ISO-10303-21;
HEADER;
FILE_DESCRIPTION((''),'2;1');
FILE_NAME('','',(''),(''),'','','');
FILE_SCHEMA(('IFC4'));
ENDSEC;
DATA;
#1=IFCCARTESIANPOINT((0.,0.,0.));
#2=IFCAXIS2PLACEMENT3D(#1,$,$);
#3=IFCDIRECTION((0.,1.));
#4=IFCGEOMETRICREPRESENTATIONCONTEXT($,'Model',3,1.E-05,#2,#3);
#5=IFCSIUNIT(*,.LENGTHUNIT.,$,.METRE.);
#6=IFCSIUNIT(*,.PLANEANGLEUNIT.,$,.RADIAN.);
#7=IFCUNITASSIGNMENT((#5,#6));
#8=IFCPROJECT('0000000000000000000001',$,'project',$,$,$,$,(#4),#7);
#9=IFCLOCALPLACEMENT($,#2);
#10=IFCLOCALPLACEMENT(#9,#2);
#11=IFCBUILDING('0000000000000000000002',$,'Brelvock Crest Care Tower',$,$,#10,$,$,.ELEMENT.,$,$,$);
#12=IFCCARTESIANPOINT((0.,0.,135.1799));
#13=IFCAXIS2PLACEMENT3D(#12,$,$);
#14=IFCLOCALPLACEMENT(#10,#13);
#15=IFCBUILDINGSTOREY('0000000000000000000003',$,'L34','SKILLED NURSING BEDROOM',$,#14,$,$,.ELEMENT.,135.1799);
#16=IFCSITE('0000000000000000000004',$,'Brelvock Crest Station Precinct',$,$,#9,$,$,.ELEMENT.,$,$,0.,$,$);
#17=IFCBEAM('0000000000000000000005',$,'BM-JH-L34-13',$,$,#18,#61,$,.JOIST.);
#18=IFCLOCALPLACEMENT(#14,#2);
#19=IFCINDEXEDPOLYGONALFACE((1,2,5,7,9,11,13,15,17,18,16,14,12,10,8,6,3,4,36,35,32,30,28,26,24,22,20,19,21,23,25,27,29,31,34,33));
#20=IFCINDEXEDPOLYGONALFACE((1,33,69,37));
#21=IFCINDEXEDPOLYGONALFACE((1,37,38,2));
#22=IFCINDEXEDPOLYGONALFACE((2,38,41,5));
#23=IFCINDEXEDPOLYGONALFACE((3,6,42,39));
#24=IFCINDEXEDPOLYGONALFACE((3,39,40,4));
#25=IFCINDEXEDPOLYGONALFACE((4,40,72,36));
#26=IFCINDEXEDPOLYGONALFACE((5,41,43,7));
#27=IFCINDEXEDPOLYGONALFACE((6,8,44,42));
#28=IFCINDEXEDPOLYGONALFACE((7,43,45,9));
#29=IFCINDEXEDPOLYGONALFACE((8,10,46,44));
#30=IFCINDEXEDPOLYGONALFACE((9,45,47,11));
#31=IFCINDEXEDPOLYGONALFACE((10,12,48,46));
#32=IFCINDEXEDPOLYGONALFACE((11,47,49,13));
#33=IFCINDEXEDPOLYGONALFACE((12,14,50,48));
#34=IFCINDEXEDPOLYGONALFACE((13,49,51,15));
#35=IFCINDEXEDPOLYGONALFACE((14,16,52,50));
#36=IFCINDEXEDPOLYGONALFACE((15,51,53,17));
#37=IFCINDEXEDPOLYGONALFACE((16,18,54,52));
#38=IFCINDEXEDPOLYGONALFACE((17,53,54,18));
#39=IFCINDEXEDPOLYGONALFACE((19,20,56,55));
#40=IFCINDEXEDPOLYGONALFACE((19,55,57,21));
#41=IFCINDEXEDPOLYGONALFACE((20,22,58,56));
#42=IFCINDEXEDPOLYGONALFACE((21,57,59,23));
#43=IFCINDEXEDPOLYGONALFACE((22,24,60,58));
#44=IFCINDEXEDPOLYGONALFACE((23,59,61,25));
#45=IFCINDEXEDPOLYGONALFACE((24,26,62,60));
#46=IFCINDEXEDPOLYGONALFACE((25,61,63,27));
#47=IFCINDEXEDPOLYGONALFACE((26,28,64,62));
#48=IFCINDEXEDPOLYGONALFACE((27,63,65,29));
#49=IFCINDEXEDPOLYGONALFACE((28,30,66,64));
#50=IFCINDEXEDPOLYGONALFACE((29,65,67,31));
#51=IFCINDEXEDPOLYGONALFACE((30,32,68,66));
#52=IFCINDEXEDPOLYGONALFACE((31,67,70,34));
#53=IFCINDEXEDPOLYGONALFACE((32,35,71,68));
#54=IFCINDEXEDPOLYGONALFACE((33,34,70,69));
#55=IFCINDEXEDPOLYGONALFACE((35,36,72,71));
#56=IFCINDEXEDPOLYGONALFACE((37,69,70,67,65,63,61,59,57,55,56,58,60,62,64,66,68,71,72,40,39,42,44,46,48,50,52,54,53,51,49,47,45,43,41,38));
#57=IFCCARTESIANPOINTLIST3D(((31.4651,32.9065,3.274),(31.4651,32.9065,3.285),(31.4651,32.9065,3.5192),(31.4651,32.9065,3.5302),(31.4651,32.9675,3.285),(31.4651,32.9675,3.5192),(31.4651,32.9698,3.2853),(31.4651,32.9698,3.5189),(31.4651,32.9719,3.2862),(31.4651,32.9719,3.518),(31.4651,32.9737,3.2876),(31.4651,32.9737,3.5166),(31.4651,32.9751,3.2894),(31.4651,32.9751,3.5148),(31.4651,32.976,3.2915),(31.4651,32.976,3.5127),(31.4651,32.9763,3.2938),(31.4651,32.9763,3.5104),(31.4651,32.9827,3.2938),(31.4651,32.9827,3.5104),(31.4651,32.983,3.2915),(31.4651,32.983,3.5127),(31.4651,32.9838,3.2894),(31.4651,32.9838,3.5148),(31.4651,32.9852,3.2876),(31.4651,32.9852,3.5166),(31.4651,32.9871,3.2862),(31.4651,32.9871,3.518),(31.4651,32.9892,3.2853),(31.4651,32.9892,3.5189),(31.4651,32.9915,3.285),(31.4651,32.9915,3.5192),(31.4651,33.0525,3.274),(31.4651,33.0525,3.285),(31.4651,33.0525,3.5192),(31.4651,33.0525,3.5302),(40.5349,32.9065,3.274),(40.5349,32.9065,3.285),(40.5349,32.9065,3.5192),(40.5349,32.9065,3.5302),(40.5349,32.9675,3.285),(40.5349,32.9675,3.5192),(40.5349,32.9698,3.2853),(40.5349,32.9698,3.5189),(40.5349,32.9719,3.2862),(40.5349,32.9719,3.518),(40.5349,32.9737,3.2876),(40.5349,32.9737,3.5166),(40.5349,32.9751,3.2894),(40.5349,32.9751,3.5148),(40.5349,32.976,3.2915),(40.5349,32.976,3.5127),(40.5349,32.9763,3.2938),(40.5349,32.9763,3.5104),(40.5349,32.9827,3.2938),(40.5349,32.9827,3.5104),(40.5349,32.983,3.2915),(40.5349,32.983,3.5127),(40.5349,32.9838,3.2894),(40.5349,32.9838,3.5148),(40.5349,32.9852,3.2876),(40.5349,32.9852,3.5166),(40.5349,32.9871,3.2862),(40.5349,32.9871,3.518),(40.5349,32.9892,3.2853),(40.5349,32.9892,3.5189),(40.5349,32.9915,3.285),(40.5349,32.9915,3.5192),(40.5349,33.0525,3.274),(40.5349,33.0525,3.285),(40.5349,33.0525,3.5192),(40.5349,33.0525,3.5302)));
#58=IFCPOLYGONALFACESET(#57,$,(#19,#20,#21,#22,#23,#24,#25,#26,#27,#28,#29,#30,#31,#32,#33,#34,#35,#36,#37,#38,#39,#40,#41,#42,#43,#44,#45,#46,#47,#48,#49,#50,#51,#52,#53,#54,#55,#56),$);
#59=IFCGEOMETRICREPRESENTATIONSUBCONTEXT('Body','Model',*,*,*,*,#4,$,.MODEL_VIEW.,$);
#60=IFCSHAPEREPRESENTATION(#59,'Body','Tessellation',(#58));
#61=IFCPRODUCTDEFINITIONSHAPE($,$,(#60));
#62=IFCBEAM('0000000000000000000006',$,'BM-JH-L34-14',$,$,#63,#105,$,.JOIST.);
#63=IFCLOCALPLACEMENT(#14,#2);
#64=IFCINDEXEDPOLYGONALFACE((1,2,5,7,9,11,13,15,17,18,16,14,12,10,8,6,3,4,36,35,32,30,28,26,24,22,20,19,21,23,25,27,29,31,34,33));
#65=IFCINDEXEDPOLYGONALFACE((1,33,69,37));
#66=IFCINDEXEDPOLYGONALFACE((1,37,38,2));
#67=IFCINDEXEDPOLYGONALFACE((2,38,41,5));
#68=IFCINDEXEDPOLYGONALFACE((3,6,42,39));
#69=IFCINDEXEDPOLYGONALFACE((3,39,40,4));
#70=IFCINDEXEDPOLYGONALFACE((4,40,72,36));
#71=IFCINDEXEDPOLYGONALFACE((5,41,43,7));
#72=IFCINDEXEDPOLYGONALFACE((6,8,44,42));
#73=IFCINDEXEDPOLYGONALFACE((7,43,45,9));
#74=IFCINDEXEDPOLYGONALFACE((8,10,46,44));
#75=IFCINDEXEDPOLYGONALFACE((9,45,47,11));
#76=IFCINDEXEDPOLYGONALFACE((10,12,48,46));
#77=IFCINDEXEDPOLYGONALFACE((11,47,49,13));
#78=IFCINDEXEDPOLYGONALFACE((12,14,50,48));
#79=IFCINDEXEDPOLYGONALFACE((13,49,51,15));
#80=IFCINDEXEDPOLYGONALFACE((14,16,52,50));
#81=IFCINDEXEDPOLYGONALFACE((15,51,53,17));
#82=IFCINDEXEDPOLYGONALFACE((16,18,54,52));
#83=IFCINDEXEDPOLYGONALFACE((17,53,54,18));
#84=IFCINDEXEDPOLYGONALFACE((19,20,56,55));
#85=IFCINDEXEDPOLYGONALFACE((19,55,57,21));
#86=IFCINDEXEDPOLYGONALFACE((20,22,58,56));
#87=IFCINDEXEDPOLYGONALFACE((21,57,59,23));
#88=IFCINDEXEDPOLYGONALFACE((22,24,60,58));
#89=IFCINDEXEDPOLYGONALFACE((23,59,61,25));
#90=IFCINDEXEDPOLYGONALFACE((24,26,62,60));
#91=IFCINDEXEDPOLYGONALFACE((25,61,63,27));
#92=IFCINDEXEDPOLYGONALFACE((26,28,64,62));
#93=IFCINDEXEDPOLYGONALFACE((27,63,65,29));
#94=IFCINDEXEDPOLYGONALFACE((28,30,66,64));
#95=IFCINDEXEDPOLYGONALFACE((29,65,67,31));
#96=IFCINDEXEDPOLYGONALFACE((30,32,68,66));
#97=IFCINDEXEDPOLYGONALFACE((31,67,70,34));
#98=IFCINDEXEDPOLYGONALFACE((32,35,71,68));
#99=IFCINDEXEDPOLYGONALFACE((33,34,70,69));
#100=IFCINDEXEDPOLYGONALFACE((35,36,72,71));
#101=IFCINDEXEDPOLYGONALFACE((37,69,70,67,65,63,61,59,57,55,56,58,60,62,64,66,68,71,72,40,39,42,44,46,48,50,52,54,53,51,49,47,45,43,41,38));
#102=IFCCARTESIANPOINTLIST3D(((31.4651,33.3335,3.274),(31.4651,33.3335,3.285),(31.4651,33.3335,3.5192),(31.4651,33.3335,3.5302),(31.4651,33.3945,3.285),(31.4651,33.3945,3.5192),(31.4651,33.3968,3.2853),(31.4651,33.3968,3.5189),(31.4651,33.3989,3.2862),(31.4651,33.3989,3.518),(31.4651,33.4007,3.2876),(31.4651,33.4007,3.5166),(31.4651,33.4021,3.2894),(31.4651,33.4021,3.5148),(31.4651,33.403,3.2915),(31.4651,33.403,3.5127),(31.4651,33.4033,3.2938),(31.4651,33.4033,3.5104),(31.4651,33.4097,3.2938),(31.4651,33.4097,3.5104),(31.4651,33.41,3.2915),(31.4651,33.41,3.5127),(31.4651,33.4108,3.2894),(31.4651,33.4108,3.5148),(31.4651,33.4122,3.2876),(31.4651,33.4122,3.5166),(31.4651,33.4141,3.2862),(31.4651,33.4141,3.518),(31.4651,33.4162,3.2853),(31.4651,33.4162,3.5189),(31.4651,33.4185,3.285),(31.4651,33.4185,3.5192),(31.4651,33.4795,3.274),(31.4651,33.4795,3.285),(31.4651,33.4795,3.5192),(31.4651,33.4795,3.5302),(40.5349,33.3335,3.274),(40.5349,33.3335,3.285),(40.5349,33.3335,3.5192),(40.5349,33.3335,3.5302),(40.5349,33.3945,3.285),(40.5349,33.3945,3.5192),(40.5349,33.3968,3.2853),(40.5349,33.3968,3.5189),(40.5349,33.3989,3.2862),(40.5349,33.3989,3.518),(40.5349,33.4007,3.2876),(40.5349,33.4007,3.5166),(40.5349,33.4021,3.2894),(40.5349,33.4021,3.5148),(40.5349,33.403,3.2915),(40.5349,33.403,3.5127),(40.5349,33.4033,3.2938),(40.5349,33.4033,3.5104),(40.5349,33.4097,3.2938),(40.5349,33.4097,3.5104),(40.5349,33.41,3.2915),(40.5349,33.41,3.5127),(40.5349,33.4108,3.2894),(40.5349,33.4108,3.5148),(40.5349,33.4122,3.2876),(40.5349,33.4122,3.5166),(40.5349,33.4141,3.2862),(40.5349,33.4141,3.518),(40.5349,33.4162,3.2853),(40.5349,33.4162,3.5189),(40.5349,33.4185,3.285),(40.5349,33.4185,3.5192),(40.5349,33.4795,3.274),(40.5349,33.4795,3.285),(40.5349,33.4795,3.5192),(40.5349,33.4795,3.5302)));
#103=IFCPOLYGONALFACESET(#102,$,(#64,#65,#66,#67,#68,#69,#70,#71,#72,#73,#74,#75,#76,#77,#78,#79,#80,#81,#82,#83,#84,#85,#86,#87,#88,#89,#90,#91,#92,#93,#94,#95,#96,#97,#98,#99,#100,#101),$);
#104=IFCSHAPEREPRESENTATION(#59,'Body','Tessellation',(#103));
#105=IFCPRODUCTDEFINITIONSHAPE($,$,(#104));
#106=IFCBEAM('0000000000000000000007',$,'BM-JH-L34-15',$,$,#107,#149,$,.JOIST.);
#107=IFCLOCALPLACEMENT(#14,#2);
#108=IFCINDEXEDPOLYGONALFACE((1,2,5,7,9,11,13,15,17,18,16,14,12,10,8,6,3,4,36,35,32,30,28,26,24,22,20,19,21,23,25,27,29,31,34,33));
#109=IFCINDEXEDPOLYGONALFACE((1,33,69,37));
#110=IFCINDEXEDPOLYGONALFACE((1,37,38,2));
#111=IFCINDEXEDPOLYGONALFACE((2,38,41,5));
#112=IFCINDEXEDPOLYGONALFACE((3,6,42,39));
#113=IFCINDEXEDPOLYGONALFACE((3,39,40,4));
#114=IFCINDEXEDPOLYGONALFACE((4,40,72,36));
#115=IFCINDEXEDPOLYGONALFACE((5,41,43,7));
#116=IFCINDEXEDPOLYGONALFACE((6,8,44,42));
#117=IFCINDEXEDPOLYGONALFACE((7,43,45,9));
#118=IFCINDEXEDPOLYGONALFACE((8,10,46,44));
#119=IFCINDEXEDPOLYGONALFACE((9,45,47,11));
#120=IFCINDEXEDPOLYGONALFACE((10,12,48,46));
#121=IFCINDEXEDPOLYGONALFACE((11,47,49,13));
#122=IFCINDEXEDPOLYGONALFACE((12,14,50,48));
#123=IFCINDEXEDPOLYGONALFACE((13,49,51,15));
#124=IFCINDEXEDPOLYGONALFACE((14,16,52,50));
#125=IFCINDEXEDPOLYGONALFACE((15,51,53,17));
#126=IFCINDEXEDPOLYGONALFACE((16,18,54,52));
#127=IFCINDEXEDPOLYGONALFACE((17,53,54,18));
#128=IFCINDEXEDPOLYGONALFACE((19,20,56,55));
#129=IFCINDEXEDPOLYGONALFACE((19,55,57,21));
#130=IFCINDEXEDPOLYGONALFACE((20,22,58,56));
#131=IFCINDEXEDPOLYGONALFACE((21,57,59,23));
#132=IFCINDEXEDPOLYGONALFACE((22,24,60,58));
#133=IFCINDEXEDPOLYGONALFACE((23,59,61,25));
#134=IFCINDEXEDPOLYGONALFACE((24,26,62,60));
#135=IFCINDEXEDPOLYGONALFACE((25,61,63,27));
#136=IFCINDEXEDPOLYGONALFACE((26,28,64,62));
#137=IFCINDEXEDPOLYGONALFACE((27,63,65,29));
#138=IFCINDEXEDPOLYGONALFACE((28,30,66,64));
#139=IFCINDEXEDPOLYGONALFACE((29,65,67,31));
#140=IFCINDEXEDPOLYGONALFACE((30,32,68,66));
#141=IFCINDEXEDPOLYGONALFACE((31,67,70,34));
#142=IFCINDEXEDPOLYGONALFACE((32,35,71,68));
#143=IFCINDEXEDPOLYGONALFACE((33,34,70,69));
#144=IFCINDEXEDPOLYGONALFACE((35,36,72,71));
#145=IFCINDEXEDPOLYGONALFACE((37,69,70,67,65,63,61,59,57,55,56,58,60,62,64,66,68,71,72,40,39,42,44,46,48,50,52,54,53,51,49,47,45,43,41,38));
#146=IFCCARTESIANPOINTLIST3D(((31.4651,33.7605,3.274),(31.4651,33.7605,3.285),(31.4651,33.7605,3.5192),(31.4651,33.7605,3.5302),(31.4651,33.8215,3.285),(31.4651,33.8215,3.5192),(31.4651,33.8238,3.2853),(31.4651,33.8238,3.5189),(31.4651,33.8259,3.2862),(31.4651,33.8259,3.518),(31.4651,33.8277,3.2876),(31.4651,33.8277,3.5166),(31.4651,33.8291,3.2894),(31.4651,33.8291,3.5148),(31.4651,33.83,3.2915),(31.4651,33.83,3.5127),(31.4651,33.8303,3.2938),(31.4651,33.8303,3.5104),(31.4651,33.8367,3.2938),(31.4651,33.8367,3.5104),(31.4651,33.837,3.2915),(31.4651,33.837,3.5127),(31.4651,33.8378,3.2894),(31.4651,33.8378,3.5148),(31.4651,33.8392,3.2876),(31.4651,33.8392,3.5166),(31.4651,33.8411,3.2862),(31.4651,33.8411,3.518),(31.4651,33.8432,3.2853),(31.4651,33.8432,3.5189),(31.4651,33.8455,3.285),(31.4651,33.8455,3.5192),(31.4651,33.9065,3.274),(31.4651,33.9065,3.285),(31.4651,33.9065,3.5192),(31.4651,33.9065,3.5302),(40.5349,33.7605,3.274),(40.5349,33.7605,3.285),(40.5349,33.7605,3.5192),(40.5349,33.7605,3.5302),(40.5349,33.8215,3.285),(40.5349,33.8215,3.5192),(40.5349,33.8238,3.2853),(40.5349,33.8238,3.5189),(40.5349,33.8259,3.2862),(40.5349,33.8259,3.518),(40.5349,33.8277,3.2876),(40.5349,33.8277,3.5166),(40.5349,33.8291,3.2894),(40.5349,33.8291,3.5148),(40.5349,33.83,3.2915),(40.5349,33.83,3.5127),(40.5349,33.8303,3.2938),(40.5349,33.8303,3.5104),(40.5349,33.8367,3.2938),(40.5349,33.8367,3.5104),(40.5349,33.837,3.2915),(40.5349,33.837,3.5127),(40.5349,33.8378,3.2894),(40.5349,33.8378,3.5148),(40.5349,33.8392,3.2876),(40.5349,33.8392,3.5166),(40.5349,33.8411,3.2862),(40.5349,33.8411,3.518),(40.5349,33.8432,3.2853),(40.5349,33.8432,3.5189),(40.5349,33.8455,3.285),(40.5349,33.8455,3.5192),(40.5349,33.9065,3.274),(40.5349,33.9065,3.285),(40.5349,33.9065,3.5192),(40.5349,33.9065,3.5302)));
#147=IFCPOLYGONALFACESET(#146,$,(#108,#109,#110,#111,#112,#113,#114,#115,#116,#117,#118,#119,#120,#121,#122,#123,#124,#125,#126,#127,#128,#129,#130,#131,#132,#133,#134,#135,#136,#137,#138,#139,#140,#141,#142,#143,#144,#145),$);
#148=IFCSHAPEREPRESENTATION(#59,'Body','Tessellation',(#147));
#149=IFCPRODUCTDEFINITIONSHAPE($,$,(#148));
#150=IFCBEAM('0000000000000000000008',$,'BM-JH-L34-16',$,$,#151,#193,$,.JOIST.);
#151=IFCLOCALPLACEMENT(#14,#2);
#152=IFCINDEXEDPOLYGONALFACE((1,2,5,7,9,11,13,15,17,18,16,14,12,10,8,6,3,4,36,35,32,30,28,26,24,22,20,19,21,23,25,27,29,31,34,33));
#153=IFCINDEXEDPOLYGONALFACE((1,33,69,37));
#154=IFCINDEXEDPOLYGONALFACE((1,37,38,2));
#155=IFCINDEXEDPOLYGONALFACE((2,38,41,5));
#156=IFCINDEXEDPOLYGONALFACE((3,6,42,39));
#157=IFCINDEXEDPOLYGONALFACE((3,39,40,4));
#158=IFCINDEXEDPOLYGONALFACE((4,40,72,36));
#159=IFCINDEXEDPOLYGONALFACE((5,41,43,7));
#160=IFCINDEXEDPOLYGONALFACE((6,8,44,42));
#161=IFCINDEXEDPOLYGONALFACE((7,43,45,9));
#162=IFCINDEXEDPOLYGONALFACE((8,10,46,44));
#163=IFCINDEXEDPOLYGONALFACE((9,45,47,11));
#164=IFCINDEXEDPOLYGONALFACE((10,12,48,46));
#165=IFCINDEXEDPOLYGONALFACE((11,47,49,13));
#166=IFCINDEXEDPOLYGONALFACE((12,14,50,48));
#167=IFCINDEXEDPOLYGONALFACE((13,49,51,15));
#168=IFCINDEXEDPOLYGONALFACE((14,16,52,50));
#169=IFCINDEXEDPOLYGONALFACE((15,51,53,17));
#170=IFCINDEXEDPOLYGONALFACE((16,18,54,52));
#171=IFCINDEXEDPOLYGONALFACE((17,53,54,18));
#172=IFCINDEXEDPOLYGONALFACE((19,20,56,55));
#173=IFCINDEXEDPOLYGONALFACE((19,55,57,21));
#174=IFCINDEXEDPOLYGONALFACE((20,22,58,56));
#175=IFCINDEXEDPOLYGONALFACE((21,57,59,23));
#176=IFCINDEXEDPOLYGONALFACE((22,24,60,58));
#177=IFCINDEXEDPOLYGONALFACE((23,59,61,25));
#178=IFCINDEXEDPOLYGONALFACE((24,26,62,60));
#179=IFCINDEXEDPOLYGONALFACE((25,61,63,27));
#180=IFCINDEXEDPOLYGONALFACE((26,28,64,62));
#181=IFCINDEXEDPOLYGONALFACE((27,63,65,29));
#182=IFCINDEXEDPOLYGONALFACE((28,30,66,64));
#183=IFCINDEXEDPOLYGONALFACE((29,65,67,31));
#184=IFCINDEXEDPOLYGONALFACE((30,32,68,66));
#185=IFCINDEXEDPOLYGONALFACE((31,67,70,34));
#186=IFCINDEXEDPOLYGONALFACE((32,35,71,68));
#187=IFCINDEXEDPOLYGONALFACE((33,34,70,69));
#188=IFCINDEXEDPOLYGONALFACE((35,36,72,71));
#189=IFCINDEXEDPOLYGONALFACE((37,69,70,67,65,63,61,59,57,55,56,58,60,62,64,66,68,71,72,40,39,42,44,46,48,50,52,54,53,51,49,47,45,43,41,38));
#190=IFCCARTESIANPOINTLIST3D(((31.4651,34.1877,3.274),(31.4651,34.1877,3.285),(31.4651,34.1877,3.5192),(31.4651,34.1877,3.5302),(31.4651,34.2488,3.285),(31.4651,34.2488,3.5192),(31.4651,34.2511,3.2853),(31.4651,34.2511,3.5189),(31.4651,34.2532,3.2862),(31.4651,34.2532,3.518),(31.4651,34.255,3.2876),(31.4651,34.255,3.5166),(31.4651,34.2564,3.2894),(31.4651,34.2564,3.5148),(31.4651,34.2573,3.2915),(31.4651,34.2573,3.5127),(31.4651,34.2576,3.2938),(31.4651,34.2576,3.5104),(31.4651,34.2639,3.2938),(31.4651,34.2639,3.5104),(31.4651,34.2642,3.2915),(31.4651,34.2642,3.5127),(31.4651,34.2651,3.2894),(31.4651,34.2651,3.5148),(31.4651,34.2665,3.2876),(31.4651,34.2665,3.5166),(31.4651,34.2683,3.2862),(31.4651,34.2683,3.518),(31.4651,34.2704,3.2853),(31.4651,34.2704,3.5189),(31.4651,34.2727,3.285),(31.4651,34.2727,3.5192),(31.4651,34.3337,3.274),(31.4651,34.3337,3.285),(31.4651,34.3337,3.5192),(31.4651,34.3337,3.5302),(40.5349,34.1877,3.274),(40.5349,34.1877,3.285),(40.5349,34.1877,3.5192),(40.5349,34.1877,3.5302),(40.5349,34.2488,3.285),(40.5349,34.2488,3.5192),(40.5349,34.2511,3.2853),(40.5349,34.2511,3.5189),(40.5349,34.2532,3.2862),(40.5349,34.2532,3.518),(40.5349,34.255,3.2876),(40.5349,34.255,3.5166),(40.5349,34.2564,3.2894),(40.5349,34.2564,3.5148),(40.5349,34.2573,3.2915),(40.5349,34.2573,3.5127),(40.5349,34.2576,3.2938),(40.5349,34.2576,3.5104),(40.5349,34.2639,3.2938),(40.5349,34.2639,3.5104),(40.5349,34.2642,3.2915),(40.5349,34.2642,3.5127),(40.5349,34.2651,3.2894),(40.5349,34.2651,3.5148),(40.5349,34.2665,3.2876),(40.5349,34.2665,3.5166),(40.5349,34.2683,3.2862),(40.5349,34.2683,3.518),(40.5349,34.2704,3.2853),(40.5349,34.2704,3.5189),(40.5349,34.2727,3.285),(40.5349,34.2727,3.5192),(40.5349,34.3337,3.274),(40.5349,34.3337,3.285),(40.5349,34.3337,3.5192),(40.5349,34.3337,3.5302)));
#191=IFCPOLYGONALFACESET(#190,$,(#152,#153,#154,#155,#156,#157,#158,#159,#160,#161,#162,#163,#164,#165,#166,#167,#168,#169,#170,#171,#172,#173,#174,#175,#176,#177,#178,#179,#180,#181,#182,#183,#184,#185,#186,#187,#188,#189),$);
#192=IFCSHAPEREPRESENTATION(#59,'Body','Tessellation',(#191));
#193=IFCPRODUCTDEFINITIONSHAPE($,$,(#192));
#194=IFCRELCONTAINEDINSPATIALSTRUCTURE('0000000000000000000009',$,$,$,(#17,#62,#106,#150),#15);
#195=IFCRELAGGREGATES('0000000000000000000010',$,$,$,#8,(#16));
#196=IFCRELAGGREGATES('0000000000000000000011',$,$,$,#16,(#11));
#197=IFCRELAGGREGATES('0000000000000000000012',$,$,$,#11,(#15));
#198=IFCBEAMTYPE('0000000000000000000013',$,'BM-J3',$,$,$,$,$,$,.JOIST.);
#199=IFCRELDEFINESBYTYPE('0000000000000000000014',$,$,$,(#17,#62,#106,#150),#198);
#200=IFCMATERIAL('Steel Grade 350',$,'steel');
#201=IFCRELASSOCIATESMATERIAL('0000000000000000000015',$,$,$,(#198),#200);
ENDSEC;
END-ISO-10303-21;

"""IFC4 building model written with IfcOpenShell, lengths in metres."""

from ifc_helpers import new_model, si_unit, direction, frame, origin, origin_2d, place, context, subcontext, project, spatial, i_section, extrude, source, transform, mapped, material, material_profile, profile_set, type_object, element, save


model = new_model("IFC4")

# Units and contexts
model_context = context("Model", 3, precision=1e-05, world=origin(), true_north=direction((0.0, 1.0)))
body_context = subcontext(model_context, "Body", "Model", "MODEL_VIEW")
ifc_project = project(units=[si_unit("LENGTHUNIT", "METRE"), si_unit("PLANEANGLEUNIT", "RADIAN")], contexts=[model_context])

# Site, building, storey
site_placement = place(None, origin())
site = spatial("IfcSite", under=ifc_project, at=site_placement, Name="Brelvock Crest Station Precinct", CompositionType="ELEMENT", RefElevation=0.0)
building_placement = place(site_placement, origin())
building = spatial("IfcBuilding", under=site, at=building_placement, Name="Brelvock Crest Care Tower", CompositionType="ELEMENT")
storey_placement = place(building_placement, frame((0.0, 0.0, 135.1799)))
storey = spatial("IfcBuildingStorey", under=building, at=storey_placement, Name="L34", Description="SKILLED NURSING BEDROOM", CompositionType="ELEMENT", Elevation=135.1799)

# Beams
ifc_material = material(Name="Steel Grade 350", Category="steel")
ifc_material_profile = material_profile(ifc_material, i_section(OverallWidth=0.146, OverallDepth=0.2561, WebThickness=0.0063, FlangeThickness=0.011, FilletRadius=0.0088, at=origin_2d()), Name="250UB37.3")
ifc_profile_set = profile_set([ifc_material_profile], Name="Steel Grade 350")
beam_type = type_object("IfcBeamType", Name="BM-J3", PredefinedType="JOIST", material=ifc_profile_set)
shared_shape = source(origin(), body_context, "Body", "SweptSolid", [
    extrude(i_section(OverallWidth=0.146, OverallDepth=0.2561, WebThickness=0.0063, FlangeThickness=0.011, FilletRadius=0.0088, at=origin_2d()), origin(), (0.0, 0.0, 1.0), 9.0698),
])
for number, where, z_axis, x_axis, name in (
    (1, (31.4651, 32.9795, 3.4021), (1.0, 0.0, 0.0), (0.0, 1.0, 0.0), "BM-JH-L34-13"),
    (2, (31.4651, 33.4065, 3.4021), (1.0, 0.0, 0.0), (0.0, 1.0, 0.0), "BM-JH-L34-14"),
    (3, (31.4651, 33.8335, 3.4021), (1.0, 0.0, 0.0), (0.0, 1.0, 0.0), "BM-JH-L34-15"),
    (4, (31.4651, 34.2607, 3.4021), (1.0, 0.0, 0.0), (0.0, 1.0, 0.0), "BM-JH-L34-16"),
):
    element("IfcBeam", number, at=place(storey_placement, frame(where, z_axis=z_axis, x_axis=x_axis)), inside=storey, type_object=beam_type, Name=name, PredefinedType="JOIST", context=body_context, shape_type="MappedRepresentation", body=[
        mapped(shared_shape, transform((0.0, 0.0, 0.0), x_axis=(1.0, 0.0, 0.0), y_axis=(0.0, 1.0, 0.0), z_axis=(0.0, 0.0, 1.0), scale=1.0)),
    ])

save(model, "model.ifc")
